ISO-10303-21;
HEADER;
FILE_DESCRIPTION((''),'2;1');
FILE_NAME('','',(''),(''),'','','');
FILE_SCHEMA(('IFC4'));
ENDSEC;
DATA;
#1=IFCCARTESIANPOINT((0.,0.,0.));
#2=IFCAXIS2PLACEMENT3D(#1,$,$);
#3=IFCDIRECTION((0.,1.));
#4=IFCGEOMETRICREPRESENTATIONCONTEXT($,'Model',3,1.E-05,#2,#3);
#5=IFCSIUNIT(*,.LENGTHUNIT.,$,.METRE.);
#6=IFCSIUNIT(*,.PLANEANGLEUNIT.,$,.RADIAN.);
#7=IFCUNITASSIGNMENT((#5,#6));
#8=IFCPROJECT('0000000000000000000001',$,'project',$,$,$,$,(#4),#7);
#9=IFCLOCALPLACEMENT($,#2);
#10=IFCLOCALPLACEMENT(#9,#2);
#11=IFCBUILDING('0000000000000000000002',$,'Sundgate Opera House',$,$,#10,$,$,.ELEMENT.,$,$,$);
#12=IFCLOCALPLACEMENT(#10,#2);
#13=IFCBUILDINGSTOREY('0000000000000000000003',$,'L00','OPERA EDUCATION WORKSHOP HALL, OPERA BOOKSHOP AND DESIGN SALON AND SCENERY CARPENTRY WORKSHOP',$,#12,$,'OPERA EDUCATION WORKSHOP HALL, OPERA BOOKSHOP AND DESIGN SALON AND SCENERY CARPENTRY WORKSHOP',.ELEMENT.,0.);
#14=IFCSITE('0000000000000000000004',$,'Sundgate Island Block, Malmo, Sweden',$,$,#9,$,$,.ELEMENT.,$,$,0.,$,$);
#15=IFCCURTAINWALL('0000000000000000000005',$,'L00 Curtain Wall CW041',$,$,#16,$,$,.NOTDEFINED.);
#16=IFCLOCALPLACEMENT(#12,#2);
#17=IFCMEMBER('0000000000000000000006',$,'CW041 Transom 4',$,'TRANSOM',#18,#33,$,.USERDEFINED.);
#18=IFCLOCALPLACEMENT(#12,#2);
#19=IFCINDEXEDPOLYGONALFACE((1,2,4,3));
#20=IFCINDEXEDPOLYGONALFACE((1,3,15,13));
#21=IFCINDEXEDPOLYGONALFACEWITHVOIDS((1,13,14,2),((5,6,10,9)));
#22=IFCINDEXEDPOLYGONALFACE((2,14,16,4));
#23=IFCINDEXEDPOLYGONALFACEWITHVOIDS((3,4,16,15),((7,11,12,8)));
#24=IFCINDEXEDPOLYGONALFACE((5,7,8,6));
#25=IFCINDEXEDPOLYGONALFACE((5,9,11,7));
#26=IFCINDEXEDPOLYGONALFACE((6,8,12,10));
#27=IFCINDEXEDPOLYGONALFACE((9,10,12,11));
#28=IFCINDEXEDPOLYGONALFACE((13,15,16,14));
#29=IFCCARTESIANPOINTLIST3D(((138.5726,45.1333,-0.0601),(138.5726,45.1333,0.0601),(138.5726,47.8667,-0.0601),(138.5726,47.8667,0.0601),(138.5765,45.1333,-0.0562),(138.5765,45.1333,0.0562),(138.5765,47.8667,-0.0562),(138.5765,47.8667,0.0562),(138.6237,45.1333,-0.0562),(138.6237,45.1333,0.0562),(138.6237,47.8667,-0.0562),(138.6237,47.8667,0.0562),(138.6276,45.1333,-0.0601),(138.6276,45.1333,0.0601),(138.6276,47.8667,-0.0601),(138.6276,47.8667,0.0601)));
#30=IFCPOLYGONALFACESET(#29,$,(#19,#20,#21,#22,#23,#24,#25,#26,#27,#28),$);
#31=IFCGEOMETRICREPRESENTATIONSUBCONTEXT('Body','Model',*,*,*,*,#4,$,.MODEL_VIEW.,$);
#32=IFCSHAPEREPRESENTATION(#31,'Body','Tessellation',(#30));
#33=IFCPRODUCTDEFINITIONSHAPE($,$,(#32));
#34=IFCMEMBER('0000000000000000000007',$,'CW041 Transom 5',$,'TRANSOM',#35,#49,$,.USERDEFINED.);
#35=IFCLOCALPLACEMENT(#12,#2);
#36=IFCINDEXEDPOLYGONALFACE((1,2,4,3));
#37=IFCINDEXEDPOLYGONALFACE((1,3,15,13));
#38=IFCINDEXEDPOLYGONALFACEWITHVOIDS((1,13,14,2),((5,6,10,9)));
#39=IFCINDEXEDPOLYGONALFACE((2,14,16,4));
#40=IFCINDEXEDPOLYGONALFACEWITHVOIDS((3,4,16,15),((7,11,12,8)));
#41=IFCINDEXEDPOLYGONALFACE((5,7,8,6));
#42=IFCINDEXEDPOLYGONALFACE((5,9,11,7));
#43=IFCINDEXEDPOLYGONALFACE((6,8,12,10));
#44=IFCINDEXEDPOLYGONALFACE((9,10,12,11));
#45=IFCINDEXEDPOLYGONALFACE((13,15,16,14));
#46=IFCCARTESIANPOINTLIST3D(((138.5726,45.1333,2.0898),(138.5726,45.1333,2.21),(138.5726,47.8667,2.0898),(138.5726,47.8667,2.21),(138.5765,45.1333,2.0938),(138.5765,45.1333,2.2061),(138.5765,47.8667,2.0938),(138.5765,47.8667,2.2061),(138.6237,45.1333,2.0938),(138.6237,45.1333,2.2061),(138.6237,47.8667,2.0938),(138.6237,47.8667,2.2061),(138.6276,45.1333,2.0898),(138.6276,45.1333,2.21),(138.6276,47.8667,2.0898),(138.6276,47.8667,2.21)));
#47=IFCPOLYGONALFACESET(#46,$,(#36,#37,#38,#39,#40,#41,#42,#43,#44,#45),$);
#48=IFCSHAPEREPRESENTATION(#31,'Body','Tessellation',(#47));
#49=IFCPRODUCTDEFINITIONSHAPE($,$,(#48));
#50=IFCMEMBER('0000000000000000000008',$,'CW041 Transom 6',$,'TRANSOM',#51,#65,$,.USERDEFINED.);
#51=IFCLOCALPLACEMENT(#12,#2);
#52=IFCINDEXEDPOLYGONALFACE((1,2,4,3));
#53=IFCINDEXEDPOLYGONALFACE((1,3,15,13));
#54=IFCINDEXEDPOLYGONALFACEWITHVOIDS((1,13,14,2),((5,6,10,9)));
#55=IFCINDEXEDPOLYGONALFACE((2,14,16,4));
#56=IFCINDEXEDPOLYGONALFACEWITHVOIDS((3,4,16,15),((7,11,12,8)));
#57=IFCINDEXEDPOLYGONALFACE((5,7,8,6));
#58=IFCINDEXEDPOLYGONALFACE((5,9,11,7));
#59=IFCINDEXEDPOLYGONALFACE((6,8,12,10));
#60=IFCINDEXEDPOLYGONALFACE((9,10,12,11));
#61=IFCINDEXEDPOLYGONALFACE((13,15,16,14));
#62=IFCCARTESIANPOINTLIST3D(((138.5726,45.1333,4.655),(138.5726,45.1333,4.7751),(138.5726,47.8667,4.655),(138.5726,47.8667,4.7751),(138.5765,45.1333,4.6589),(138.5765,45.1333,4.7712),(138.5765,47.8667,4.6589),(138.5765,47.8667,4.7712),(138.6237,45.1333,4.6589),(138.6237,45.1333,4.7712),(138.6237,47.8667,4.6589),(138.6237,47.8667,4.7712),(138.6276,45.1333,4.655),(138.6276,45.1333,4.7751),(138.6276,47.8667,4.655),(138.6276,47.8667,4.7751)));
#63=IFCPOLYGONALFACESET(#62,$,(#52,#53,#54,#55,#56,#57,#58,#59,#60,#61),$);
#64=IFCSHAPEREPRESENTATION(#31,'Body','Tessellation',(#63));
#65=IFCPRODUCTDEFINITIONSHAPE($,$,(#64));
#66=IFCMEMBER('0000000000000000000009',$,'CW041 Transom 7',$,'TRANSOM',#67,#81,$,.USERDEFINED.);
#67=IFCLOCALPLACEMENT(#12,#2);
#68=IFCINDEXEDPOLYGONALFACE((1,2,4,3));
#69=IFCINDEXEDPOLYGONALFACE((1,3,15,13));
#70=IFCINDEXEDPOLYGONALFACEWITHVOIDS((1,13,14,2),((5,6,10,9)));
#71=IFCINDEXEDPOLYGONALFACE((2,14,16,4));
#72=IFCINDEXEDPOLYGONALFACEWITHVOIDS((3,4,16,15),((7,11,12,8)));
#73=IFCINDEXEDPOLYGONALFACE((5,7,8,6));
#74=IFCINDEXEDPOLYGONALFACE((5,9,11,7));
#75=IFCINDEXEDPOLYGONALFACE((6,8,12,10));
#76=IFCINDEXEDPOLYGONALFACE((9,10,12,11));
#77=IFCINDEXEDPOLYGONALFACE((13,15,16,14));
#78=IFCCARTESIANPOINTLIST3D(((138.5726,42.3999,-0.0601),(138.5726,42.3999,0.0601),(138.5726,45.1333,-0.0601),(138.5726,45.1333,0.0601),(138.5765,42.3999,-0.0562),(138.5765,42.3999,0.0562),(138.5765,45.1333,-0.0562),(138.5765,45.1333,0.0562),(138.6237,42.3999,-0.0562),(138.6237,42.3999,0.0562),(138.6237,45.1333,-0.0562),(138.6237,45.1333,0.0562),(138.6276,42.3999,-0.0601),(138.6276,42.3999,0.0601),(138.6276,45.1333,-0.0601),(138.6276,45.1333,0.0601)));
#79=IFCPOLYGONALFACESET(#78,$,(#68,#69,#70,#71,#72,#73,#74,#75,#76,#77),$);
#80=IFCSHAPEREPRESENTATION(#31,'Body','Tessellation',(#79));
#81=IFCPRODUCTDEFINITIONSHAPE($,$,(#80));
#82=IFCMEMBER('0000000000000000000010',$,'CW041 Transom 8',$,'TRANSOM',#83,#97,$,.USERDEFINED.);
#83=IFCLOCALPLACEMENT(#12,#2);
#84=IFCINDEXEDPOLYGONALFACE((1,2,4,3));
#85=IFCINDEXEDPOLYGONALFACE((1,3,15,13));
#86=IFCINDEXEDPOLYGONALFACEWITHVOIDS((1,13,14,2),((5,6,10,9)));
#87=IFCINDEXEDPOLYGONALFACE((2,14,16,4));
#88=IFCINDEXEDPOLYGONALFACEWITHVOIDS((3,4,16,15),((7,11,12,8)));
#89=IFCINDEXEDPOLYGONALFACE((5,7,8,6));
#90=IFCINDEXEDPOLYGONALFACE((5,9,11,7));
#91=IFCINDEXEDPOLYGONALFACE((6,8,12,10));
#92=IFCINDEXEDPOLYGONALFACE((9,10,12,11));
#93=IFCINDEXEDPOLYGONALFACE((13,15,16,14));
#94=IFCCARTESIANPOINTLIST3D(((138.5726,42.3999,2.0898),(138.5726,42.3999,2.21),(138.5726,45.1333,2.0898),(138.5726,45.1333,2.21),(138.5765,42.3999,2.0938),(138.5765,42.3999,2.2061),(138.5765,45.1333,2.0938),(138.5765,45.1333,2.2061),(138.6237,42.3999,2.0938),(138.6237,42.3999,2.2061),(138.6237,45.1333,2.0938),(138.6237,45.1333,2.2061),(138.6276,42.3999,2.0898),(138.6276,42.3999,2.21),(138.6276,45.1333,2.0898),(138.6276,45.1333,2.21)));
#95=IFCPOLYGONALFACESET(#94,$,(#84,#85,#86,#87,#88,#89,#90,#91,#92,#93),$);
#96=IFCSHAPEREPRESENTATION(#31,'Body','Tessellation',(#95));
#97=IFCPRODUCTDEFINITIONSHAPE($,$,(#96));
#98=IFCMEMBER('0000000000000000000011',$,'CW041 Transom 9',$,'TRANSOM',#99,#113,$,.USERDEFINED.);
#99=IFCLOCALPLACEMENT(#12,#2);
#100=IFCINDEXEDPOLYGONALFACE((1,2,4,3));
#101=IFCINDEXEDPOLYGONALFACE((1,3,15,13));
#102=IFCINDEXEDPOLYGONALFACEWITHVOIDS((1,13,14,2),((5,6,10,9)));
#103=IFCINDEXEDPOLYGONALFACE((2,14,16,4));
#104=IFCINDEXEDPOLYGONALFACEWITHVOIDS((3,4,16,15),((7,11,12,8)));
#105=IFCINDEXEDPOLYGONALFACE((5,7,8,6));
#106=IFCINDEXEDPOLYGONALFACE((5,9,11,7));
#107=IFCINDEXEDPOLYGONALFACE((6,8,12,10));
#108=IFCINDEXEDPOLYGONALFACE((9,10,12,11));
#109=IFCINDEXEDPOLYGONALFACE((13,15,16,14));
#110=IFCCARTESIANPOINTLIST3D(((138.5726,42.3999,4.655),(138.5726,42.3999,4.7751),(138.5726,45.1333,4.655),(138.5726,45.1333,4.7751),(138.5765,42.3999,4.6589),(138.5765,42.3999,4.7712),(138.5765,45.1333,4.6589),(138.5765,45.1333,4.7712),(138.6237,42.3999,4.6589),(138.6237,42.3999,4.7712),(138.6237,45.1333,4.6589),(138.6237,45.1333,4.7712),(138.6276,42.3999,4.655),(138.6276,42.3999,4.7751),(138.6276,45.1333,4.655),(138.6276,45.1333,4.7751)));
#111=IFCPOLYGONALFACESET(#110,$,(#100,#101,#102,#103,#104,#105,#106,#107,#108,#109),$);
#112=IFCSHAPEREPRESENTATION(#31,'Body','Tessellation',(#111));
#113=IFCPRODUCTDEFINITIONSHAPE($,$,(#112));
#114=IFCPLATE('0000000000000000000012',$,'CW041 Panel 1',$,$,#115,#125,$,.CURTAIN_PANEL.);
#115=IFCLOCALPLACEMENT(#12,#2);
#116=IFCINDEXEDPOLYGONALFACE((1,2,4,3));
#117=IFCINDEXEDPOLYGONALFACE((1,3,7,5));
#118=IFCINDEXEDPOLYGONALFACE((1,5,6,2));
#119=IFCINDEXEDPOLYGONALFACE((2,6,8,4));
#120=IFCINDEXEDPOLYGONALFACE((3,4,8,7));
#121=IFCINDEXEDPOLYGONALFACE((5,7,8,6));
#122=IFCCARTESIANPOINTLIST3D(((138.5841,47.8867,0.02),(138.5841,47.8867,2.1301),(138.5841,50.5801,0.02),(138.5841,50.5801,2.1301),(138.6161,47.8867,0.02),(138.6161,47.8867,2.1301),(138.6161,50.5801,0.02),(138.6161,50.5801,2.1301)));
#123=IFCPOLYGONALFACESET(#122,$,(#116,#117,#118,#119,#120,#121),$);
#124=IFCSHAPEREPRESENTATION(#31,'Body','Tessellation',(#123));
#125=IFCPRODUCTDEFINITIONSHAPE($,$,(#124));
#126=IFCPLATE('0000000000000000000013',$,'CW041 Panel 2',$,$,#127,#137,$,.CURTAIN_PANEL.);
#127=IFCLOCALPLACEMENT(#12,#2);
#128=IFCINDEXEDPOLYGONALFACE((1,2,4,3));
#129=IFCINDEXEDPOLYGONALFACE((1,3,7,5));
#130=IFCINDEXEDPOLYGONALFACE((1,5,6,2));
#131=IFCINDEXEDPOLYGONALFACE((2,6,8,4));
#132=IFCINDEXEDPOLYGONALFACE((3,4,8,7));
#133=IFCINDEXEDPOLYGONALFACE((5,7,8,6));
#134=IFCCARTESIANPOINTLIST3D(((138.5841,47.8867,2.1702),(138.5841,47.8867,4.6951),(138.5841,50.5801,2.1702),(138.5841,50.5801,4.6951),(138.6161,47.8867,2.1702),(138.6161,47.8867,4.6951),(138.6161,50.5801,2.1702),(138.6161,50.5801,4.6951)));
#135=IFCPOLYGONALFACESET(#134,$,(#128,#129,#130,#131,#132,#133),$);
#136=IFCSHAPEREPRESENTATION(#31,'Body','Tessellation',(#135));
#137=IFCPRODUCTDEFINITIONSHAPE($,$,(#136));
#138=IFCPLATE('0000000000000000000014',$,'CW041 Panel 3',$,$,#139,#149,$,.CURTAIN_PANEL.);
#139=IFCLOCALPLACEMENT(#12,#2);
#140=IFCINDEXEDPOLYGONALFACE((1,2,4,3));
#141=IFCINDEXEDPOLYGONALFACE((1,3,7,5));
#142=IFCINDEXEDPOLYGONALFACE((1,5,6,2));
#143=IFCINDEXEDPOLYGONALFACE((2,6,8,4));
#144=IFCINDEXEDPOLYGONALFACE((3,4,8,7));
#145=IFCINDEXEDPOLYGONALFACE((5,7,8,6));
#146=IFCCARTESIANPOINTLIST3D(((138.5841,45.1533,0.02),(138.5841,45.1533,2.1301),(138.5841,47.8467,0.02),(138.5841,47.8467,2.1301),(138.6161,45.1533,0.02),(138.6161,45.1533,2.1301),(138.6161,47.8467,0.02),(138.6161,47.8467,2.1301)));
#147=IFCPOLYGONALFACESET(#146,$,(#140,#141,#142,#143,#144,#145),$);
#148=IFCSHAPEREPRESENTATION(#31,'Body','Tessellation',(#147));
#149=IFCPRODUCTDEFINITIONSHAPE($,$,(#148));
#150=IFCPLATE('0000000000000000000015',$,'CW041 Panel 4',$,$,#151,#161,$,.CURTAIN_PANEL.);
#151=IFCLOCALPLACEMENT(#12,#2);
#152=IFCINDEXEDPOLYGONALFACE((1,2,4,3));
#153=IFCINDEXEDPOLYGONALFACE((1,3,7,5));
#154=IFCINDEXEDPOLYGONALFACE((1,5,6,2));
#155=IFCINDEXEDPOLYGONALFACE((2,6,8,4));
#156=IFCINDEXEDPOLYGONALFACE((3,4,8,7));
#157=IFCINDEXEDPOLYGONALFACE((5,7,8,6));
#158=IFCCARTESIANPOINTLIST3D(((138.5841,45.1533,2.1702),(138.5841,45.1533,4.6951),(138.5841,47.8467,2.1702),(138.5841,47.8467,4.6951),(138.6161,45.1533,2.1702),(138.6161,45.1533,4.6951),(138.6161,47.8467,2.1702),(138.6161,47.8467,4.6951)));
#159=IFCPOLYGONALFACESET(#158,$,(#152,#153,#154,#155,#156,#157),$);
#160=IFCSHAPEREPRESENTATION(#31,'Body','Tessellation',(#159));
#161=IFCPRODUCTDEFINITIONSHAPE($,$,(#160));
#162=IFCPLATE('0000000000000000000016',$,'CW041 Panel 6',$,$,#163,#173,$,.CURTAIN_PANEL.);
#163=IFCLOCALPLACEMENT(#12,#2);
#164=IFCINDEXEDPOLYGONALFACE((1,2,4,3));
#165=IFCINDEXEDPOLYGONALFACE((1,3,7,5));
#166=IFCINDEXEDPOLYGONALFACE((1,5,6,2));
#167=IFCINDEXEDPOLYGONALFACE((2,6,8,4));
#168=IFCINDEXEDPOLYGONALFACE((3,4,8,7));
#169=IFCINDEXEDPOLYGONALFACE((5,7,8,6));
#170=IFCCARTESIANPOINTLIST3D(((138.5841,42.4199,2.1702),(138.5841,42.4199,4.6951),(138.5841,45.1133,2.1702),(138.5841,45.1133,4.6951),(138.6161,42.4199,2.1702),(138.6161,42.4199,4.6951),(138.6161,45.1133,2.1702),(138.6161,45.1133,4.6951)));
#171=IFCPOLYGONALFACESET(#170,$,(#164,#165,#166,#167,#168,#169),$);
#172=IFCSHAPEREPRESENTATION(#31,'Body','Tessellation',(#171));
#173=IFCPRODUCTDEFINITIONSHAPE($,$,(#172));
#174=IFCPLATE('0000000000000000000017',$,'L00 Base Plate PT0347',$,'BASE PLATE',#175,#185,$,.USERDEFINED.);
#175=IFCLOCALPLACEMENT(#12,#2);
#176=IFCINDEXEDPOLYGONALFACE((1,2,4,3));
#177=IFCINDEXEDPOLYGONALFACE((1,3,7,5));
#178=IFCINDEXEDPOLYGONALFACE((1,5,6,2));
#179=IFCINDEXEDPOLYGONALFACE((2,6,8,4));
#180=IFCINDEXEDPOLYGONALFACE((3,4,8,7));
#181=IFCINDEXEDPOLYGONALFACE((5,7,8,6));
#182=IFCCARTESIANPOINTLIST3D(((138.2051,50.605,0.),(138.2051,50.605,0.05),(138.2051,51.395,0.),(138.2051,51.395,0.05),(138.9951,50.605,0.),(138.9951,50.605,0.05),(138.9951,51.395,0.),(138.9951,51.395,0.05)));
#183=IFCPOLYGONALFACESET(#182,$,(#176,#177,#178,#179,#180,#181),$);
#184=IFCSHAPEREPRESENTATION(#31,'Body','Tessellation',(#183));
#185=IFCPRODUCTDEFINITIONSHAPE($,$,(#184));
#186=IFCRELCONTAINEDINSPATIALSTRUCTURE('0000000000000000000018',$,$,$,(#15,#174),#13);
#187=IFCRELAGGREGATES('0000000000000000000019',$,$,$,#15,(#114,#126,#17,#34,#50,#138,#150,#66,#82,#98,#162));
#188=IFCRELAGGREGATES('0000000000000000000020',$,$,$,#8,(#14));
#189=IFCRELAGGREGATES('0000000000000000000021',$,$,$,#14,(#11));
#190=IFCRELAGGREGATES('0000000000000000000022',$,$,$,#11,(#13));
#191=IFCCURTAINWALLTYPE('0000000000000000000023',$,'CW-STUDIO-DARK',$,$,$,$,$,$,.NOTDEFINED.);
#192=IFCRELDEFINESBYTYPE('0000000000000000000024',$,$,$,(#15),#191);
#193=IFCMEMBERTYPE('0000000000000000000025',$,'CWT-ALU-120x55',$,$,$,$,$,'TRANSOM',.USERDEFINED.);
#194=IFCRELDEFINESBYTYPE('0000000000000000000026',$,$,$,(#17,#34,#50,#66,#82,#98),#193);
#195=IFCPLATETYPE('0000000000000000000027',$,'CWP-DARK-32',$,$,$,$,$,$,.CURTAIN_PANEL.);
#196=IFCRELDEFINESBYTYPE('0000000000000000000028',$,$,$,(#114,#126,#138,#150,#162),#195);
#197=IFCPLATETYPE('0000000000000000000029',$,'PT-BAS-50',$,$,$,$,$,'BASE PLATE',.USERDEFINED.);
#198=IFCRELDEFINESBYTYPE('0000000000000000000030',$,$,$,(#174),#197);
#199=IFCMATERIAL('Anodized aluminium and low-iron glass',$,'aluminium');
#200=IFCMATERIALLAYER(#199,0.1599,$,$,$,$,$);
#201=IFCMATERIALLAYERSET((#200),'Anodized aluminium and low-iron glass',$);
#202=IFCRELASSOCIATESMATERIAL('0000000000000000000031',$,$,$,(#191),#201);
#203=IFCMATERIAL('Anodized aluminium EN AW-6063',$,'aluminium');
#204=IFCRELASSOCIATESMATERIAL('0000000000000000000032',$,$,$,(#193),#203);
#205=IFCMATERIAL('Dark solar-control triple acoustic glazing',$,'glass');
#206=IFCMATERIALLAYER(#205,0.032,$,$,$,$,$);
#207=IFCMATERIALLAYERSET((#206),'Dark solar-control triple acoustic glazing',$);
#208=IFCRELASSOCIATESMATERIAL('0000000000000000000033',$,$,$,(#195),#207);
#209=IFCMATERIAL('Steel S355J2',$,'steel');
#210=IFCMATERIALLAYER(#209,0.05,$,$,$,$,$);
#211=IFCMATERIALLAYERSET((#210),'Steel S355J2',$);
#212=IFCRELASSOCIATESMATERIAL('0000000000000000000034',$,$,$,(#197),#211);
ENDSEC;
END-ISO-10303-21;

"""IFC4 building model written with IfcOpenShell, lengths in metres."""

from ifc_helpers import new_model, si_unit, direction, frame, origin, origin_2d, place, context, subcontext, project, spatial, rectangle, hollow_rectangle, extrude, material, layer, layer_set, material_profile, profile_set, type_object, element, aggregate, save


model = new_model("IFC4")

# Units and contexts
model_context = context("Model", 3, precision=1e-05, world=origin(), true_north=direction((0.0, 1.0)))
body_context = subcontext(model_context, "Body", "Model", "MODEL_VIEW")
ifc_project = project(units=[si_unit("LENGTHUNIT", "METRE"), si_unit("PLANEANGLEUNIT", "RADIAN")], contexts=[model_context])

# Site, building, storey
site_placement = place(None, origin())
site = spatial("IfcSite", under=ifc_project, at=site_placement, Name="Sundgate Island Block, Malmo, Sweden", CompositionType="ELEMENT", RefElevation=0.0)
building_placement = place(site_placement, origin())
building = spatial("IfcBuilding", under=site, at=building_placement, Name="Sundgate Opera House", CompositionType="ELEMENT")
storey_placement = place(building_placement, origin())
storey = spatial("IfcBuildingStorey", under=building, at=storey_placement, Name="L00", Description="OPERA EDUCATION WORKSHOP HALL, OPERA BOOKSHOP AND DESIGN SALON AND SCENERY CARPENTRY WORKSHOP", LongName="OPERA EDUCATION WORKSHOP HALL, OPERA BOOKSHOP AND DESIGN SALON AND SCENERY CARPENTRY WORKSHOP", CompositionType="ELEMENT", Elevation=0.0)

# Curtain wall, members, plates
ifc_material_1 = material(Name="Anodized aluminium and low-iron glass", Category="aluminium")
ifc_layer_1 = layer(ifc_material_1, 0.1599)
ifc_layer_set_1 = layer_set([ifc_layer_1], Name="Anodized aluminium and low-iron glass")
curtain_wall_type = type_object("IfcCurtainWallType", Name="CW-STUDIO-DARK", PredefinedType="NOTDEFINED", material=ifc_layer_set_1)
curtain_wall_placement = place(storey_placement, origin())
curtain_wall = element("IfcCurtainWall", 1, at=curtain_wall_placement, inside=storey, type_object=curtain_wall_type, Name="L00 Curtain Wall CW041", PredefinedType="NOTDEFINED")
ifc_material_2 = material(Name="Anodized aluminium EN AW-6063", Category="aluminium")
ifc_material_profile_1 = material_profile(ifc_material_2, hollow_rectangle(XDim=0.0549, YDim=0.1201, WallThickness=0.0039, at=origin_2d()), Name="CWT 120x55x4")
ifc_profile_set_1 = profile_set([ifc_material_profile_1], Name="Anodized aluminium EN AW-6063")
member_type_1 = type_object("IfcMemberType", Name="CWT-ALU-120x55", ElementType="TRANSOM", PredefinedType="USERDEFINED", material=ifc_profile_set_1)
member_1_placement = place(storey_placement, frame((138.6001, 47.8667, 0.0), z_axis=(0.0, -1.0, 0.0), x_axis=(1.0, 0.0, 0.0)))
member_1 = element("IfcMember", 2, at=member_1_placement, type_object=member_type_1, Name="CW041 Transom 4", ObjectType="TRANSOM", PredefinedType="USERDEFINED", context=body_context, shape_type="SweptSolid", body=[
    extrude(hollow_rectangle(XDim=0.0549, YDim=0.1201, WallThickness=0.0039, at=origin_2d()), origin(), (0.0, 0.0, 1.0), 2.7334),
])
member_2_placement = place(storey_placement, frame((138.6001, 47.8667, 2.1499), z_axis=(0.0, -1.0, 0.0), x_axis=(1.0, 0.0, 0.0)))
member_2 = element("IfcMember", 3, at=member_2_placement, type_object=member_type_1, Name="CW041 Transom 5", ObjectType="TRANSOM", PredefinedType="USERDEFINED", context=body_context, shape_type="SweptSolid", body=[
    extrude(hollow_rectangle(XDim=0.0549, YDim=0.1201, WallThickness=0.0039, at=origin_2d()), origin(), (0.0, 0.0, 1.0), 2.7334),
])
member_3_placement = place(storey_placement, frame((138.6001, 47.8667, 4.7151), z_axis=(0.0, -1.0, 0.0), x_axis=(1.0, 0.0, 0.0)))
member_3 = element("IfcMember", 4, at=member_3_placement, type_object=member_type_1, Name="CW041 Transom 6", ObjectType="TRANSOM", PredefinedType="USERDEFINED", context=body_context, shape_type="SweptSolid", body=[
    extrude(hollow_rectangle(XDim=0.0549, YDim=0.1201, WallThickness=0.0039, at=origin_2d()), origin(), (0.0, 0.0, 1.0), 2.7334),
])
member_4_placement = place(storey_placement, frame((138.6001, 45.1333, 0.0), z_axis=(0.0, -1.0, 0.0), x_axis=(1.0, 0.0, 0.0)))
member_4 = element("IfcMember", 5, at=member_4_placement, type_object=member_type_1, Name="CW041 Transom 7", ObjectType="TRANSOM", PredefinedType="USERDEFINED", context=body_context, shape_type="SweptSolid", body=[
    extrude(hollow_rectangle(XDim=0.0549, YDim=0.1201, WallThickness=0.0039, at=origin_2d()), origin(), (0.0, 0.0, 1.0), 2.7334),
])
member_5_placement = place(storey_placement, frame((138.6001, 45.1333, 2.1499), z_axis=(0.0, -1.0, 0.0), x_axis=(1.0, 0.0, 0.0)))
member_5 = element("IfcMember", 6, at=member_5_placement, type_object=member_type_1, Name="CW041 Transom 8", ObjectType="TRANSOM", PredefinedType="USERDEFINED", context=body_context, shape_type="SweptSolid", body=[
    extrude(hollow_rectangle(XDim=0.0549, YDim=0.1201, WallThickness=0.0039, at=origin_2d()), origin(), (0.0, 0.0, 1.0), 2.7334),
])
member_6_placement = place(storey_placement, frame((138.6001, 45.1333, 4.7151), z_axis=(0.0, -1.0, 0.0), x_axis=(1.0, 0.0, 0.0)))
member_6 = element("IfcMember", 7, at=member_6_placement, type_object=member_type_1, Name="CW041 Transom 9", ObjectType="TRANSOM", PredefinedType="USERDEFINED", context=body_context, shape_type="SweptSolid", body=[
    extrude(hollow_rectangle(XDim=0.0549, YDim=0.1201, WallThickness=0.0039, at=origin_2d()), origin(), (0.0, 0.0, 1.0), 2.7334),
])
ifc_material_3 = material(Name="Dark solar-control triple acoustic glazing", Category="glass")
ifc_layer_2 = layer(ifc_material_3, 0.032)
ifc_layer_set_2 = layer_set([ifc_layer_2], Name="Dark solar-control triple acoustic glazing")
plate_type_1 = type_object("IfcPlateType", Name="CWP-DARK-32", PredefinedType="CURTAIN_PANEL", material=ifc_layer_set_2)
plate_1_placement = place(storey_placement, frame((138.6001, 49.2334, 0.02), z_axis=(0.0, 0.0, 1.0), x_axis=(0.0, -1.0, 0.0)))
plate_1 = element("IfcPlate", 8, at=plate_1_placement, type_object=plate_type_1, Name="CW041 Panel 1", PredefinedType="CURTAIN_PANEL", context=body_context, shape_type="SweptSolid", body=[
    extrude(rectangle(XDim=2.6934, YDim=0.032, at=origin_2d()), origin(), (0.0, 0.0, 1.0), 2.1101),
])
plate_2_placement = place(storey_placement, frame((138.6001, 49.2334, 2.1702), z_axis=(0.0, 0.0, 1.0), x_axis=(0.0, -1.0, 0.0)))
plate_2 = element("IfcPlate", 9, at=plate_2_placement, type_object=plate_type_1, Name="CW041 Panel 2", PredefinedType="CURTAIN_PANEL", context=body_context, shape_type="SweptSolid", body=[
    extrude(rectangle(XDim=2.6934, YDim=0.032, at=origin_2d()), origin(), (0.0, 0.0, 1.0), 2.5249),
])
plate_3_placement = place(storey_placement, frame((138.6001, 46.5, 0.02), z_axis=(0.0, 0.0, 1.0), x_axis=(0.0, -1.0, 0.0)))
plate_3 = element("IfcPlate", 10, at=plate_3_placement, type_object=plate_type_1, Name="CW041 Panel 3", PredefinedType="CURTAIN_PANEL", context=body_context, shape_type="SweptSolid", body=[
    extrude(rectangle(XDim=2.6934, YDim=0.032, at=origin_2d()), origin(), (0.0, 0.0, 1.0), 2.1101),
])
plate_4_placement = place(storey_placement, frame((138.6001, 46.5, 2.1702), z_axis=(0.0, 0.0, 1.0), x_axis=(0.0, -1.0, 0.0)))
plate_4 = element("IfcPlate", 11, at=plate_4_placement, type_object=plate_type_1, Name="CW041 Panel 4", PredefinedType="CURTAIN_PANEL", context=body_context, shape_type="SweptSolid", body=[
    extrude(rectangle(XDim=2.6934, YDim=0.032, at=origin_2d()), origin(), (0.0, 0.0, 1.0), 2.5249),
])
plate_5_placement = place(storey_placement, frame((138.6001, 43.7666, 2.1702), z_axis=(0.0, 0.0, 1.0), x_axis=(0.0, -1.0, 0.0)))
plate_5 = element("IfcPlate", 12, at=plate_5_placement, type_object=plate_type_1, Name="CW041 Panel 6", PredefinedType="CURTAIN_PANEL", context=body_context, shape_type="SweptSolid", body=[
    extrude(rectangle(XDim=2.6934, YDim=0.032, at=origin_2d()), origin(), (0.0, 0.0, 1.0), 2.5249),
])
aggregate(curtain_wall, [plate_1, plate_2, member_1, member_2, member_3, plate_3, plate_4, member_4, member_5, member_6, plate_5])

# Plate
ifc_material_4 = material(Name="Steel S355J2", Category="steel")
ifc_layer_3 = layer(ifc_material_4, 0.05)
ifc_layer_set_3 = layer_set([ifc_layer_3], Name="Steel S355J2")
plate_type_2 = type_object("IfcPlateType", Name="PT-BAS-50", ElementType="BASE PLATE", PredefinedType="USERDEFINED", material=ifc_layer_set_3)
plate_6_placement = place(storey_placement, frame((138.6001, 51.0, 0.0), z_axis=(0.0, 0.0, 1.0), x_axis=(1.0, 0.0, 0.0)))
element("IfcPlate", 13, at=plate_6_placement, inside=storey, type_object=plate_type_2, Name="L00 Base Plate PT0347", ObjectType="BASE PLATE", PredefinedType="USERDEFINED", context=body_context, shape_type="SweptSolid", body=[
    extrude(rectangle(XDim=0.79, YDim=0.79, at=origin_2d()), origin(), (0.0, 0.0, 1.0), 0.05),
])

save(model, "model.ifc")
